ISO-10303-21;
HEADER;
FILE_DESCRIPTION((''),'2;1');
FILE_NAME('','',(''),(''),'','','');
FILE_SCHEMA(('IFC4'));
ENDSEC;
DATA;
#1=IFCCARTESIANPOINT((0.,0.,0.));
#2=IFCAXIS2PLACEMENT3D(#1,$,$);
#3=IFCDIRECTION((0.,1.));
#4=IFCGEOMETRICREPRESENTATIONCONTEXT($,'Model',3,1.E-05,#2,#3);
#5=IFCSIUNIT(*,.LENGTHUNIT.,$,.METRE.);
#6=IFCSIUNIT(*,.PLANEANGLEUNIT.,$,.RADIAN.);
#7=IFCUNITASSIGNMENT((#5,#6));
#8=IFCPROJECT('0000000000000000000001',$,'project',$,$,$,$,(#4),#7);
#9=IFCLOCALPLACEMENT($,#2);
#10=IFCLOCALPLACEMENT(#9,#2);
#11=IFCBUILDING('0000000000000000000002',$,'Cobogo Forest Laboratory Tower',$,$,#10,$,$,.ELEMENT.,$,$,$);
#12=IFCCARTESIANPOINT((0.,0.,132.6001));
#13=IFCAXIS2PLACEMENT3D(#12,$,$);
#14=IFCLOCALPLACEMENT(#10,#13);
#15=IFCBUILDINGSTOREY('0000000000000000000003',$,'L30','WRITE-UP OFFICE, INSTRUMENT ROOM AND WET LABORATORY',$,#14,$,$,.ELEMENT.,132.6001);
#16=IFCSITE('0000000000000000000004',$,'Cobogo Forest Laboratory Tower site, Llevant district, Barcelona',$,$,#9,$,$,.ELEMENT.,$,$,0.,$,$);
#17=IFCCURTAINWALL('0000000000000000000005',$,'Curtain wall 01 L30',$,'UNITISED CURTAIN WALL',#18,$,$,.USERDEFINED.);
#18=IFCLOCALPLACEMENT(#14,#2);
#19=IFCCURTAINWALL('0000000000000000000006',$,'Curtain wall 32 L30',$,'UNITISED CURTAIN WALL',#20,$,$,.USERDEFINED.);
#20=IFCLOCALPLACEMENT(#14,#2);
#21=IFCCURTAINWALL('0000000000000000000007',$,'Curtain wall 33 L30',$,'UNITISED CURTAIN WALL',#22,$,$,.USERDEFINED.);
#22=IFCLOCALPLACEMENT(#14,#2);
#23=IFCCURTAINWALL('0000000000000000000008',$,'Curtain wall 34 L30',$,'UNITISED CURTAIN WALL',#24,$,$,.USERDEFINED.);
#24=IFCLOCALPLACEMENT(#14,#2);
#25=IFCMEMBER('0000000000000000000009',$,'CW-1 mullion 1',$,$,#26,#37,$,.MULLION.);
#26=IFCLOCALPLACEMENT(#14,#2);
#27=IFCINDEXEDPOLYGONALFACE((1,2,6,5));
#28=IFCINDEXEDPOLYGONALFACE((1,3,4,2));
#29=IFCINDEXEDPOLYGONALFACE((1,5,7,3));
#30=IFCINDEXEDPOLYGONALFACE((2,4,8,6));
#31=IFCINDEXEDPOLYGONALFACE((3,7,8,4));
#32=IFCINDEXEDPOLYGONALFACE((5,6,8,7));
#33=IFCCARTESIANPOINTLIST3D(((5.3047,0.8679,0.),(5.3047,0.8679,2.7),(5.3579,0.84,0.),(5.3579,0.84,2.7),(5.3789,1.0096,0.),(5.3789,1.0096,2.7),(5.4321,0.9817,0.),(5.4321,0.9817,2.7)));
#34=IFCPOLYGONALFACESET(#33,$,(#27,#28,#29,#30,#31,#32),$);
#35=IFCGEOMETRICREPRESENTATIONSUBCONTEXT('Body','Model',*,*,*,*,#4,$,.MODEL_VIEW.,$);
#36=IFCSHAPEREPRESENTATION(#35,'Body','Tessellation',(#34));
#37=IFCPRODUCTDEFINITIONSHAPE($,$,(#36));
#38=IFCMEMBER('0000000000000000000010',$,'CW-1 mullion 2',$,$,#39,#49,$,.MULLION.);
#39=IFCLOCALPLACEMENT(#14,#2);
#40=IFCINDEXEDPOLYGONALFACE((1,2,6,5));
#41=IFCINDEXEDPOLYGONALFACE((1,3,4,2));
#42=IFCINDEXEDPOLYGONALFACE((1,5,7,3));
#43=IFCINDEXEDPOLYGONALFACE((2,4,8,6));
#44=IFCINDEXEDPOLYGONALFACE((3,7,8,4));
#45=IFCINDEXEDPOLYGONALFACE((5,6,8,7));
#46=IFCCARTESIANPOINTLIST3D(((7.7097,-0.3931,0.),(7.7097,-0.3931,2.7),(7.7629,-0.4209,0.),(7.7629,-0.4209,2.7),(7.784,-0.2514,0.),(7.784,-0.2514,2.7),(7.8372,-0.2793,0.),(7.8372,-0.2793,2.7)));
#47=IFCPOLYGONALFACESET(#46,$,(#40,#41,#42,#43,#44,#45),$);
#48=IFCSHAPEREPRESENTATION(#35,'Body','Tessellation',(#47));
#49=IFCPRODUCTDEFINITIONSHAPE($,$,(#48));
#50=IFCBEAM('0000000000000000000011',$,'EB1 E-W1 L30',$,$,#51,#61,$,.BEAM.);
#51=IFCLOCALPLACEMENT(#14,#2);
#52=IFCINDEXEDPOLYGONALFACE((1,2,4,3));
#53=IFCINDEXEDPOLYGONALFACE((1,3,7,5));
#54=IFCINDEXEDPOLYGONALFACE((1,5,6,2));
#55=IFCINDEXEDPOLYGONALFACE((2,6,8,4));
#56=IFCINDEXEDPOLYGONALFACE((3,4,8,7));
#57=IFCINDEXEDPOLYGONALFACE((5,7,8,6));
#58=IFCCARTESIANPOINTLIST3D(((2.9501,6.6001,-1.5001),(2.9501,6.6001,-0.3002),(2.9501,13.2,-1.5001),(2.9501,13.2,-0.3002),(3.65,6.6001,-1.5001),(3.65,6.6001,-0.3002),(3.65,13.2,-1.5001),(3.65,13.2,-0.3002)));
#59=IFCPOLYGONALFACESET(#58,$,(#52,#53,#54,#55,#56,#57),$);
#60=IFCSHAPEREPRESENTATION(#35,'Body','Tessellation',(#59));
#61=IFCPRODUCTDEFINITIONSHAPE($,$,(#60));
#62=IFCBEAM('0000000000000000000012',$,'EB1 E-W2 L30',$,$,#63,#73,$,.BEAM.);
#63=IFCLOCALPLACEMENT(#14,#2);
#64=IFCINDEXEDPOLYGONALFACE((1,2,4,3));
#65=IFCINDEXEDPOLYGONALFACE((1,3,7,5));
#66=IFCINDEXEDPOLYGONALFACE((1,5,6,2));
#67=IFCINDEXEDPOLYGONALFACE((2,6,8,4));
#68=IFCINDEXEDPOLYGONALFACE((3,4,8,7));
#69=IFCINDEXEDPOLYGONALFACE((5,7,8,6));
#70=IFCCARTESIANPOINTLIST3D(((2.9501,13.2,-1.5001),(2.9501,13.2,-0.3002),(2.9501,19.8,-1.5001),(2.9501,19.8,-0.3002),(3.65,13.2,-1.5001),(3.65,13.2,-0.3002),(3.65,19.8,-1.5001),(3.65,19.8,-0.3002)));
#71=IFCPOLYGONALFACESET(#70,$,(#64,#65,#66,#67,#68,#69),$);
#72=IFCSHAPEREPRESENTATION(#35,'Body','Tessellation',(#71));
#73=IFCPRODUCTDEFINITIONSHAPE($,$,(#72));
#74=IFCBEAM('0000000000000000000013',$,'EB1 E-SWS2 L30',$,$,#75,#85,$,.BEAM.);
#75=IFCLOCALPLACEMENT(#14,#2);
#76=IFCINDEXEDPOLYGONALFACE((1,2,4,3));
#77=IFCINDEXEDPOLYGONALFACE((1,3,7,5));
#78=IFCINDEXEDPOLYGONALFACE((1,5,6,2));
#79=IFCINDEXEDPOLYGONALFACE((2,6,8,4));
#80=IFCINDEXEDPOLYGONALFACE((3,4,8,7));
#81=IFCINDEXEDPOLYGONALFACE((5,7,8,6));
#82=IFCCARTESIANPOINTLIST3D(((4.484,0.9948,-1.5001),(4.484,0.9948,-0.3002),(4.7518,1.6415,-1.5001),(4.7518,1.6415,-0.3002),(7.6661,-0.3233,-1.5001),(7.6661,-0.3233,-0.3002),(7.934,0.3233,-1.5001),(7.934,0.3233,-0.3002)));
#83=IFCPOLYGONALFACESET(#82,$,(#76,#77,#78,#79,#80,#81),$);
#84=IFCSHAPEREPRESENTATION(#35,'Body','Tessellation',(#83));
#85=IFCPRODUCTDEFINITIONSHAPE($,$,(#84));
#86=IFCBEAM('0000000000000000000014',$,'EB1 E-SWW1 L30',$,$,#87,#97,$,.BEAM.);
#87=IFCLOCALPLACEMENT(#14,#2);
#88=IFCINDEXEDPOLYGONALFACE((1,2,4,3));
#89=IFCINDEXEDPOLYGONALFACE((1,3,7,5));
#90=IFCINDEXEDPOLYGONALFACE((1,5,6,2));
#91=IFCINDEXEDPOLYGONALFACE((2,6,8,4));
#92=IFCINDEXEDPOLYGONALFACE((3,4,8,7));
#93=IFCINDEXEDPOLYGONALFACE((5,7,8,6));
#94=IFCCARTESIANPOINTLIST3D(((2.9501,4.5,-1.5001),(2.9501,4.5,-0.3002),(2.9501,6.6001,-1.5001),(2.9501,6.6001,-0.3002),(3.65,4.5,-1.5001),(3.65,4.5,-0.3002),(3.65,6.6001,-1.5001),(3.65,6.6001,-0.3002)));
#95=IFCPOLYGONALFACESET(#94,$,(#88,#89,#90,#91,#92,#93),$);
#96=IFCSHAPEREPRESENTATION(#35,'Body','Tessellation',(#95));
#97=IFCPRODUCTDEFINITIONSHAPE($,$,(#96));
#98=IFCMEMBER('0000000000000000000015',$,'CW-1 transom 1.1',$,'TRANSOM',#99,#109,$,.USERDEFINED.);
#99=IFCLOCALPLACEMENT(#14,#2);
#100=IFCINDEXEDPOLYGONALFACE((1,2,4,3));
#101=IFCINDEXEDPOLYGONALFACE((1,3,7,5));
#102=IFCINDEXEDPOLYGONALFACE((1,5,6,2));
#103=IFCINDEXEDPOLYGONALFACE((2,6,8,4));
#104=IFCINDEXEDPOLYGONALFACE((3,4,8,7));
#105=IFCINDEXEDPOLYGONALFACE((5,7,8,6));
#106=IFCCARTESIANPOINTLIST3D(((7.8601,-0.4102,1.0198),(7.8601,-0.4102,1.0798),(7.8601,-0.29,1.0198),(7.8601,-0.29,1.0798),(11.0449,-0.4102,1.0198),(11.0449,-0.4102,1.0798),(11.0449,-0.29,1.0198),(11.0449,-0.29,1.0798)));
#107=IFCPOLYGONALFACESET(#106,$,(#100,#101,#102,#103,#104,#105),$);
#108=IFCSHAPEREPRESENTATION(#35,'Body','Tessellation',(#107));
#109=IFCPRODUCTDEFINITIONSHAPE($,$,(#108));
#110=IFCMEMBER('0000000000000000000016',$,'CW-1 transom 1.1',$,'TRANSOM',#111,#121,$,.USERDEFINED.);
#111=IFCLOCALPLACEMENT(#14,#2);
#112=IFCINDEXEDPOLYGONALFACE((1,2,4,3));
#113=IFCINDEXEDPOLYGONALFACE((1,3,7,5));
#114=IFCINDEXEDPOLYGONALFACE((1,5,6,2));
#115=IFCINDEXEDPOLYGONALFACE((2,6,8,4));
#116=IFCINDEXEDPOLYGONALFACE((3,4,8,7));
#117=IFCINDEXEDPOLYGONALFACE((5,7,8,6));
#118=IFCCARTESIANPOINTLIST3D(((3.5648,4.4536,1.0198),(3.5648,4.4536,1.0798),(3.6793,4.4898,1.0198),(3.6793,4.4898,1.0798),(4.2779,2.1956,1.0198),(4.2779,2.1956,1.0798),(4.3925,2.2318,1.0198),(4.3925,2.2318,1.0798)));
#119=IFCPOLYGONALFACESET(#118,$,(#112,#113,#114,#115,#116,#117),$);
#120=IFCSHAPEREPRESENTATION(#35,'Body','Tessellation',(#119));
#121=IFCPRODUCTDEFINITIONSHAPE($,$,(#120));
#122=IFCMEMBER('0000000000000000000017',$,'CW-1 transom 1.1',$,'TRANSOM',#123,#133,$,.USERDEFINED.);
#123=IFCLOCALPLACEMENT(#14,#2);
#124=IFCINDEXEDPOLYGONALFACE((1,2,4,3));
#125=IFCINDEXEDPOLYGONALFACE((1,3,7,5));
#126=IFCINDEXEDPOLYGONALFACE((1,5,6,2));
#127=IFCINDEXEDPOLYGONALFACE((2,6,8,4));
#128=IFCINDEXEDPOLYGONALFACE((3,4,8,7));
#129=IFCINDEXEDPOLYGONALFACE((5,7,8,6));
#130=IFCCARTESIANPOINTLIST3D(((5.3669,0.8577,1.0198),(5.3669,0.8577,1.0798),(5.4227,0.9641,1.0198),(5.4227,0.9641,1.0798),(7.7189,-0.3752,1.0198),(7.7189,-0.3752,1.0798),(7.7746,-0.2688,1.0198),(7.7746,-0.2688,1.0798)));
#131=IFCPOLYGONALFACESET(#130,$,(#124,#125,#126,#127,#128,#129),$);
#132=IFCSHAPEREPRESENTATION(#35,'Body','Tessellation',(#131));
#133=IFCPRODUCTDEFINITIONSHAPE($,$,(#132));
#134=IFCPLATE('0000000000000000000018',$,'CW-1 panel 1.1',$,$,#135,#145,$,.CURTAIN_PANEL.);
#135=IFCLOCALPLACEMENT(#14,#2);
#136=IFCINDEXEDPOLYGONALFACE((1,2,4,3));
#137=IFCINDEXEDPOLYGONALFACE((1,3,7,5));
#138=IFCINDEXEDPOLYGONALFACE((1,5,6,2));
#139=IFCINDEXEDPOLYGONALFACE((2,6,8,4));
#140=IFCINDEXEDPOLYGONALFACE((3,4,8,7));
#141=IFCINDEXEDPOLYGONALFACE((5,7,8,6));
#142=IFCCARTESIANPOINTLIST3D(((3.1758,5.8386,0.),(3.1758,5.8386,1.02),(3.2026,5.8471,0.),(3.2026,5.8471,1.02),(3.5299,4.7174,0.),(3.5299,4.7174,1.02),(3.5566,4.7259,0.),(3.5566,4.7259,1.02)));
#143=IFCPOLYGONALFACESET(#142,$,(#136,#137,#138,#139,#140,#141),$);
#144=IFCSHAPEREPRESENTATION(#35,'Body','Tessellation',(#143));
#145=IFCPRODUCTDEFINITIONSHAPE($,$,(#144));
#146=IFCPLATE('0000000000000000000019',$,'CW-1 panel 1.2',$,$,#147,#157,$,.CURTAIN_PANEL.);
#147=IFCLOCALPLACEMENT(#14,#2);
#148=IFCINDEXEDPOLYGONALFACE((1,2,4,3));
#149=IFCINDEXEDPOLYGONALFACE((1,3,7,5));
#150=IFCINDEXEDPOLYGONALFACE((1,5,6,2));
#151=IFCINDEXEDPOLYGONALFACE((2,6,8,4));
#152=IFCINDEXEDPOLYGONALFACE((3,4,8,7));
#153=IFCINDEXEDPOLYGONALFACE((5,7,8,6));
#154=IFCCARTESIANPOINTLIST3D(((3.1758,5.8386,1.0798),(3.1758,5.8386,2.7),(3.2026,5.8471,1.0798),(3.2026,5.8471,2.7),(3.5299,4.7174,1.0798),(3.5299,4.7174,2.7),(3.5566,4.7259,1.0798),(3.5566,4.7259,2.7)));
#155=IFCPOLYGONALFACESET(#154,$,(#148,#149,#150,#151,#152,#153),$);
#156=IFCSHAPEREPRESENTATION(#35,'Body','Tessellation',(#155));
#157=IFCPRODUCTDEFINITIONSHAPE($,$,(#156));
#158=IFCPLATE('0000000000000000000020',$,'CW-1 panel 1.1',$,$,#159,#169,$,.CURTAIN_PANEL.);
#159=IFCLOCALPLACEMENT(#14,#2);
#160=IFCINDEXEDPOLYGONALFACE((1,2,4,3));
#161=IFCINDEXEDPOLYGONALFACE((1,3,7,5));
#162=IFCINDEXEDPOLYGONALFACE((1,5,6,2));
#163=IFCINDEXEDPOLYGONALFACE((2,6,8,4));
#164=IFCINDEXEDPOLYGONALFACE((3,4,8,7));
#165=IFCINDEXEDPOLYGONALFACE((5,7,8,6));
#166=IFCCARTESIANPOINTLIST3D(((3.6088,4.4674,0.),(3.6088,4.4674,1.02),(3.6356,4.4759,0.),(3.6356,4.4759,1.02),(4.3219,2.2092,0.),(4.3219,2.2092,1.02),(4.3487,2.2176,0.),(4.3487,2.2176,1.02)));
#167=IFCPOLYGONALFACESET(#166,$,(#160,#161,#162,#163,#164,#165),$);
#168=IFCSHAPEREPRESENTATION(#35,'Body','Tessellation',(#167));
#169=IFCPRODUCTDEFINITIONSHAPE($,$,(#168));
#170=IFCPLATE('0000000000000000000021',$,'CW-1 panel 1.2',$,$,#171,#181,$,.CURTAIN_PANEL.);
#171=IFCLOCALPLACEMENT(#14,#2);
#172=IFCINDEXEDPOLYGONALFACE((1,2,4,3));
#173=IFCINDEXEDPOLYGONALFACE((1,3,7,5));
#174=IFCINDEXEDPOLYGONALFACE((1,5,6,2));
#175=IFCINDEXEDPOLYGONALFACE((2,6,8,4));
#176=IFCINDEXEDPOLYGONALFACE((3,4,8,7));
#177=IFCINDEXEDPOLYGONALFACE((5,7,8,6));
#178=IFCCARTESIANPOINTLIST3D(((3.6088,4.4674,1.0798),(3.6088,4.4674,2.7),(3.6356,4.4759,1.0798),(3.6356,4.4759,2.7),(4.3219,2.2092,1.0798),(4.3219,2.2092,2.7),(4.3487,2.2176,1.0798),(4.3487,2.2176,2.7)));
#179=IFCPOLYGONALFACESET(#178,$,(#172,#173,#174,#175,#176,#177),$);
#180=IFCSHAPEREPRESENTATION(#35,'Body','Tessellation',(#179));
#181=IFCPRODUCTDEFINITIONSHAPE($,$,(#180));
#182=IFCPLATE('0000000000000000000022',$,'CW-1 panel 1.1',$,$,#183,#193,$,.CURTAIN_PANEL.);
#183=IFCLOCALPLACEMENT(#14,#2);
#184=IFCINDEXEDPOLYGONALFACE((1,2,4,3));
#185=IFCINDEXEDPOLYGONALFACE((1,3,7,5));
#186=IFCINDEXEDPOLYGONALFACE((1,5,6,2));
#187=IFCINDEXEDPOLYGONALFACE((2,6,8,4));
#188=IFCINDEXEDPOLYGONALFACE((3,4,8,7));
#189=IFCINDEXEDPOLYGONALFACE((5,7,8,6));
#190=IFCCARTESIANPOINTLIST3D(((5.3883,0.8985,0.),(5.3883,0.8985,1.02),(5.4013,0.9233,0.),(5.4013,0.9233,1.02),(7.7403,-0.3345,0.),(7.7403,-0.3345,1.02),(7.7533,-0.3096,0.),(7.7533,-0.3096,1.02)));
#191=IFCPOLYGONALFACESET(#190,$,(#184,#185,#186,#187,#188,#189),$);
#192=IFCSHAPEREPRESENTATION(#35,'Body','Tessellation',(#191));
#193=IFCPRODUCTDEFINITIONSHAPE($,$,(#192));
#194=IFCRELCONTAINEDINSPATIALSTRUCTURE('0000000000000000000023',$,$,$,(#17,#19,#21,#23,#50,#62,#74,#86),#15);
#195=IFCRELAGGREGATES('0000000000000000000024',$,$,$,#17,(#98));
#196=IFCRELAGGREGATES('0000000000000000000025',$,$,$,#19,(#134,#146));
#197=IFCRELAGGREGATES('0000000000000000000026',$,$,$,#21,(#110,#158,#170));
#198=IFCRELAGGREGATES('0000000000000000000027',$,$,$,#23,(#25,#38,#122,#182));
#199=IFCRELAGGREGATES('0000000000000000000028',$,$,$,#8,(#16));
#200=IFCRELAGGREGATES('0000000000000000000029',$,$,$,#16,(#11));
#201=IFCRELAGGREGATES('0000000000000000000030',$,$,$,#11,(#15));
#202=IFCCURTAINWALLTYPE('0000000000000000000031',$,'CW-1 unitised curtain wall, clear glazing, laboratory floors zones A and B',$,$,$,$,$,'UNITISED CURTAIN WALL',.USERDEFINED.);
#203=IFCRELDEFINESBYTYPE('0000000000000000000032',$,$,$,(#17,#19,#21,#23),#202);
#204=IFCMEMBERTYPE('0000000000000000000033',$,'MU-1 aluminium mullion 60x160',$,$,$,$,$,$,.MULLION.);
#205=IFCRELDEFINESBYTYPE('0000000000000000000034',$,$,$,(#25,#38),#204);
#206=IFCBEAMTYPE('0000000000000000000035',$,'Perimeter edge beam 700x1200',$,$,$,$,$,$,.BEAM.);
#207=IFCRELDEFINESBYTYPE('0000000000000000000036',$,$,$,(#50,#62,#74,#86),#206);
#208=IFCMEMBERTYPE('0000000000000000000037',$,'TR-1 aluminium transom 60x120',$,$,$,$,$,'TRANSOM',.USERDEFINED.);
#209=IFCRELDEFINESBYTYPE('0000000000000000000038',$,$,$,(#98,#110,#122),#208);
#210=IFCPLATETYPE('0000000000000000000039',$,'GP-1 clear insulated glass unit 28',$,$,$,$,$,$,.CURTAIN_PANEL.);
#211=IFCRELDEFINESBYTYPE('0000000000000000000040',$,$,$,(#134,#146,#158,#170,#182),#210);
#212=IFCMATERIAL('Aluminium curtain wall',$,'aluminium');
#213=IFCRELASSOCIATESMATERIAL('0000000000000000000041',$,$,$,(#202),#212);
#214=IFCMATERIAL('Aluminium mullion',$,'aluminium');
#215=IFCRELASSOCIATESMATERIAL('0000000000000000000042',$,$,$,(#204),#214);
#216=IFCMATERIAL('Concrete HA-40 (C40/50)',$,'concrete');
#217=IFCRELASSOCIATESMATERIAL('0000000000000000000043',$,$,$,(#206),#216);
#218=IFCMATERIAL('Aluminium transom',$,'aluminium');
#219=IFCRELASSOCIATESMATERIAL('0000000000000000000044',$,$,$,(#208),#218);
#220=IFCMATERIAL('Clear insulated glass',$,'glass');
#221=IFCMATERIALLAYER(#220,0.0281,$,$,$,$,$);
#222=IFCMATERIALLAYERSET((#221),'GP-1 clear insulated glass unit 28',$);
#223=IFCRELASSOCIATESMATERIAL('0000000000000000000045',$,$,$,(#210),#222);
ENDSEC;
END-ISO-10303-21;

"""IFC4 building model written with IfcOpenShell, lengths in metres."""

from ifc_helpers import new_model, si_unit, direction, frame, origin, origin_2d, place, context, subcontext, project, spatial, rectangle, extrude, material, layer, layer_set, material_profile, profile_set, type_object, element, aggregate, save


model = new_model("IFC4")

# Units and contexts
model_context = context("Model", 3, precision=1e-05, world=origin(), true_north=direction((0.0, 1.0)))
body_context = subcontext(model_context, "Body", "Model", "MODEL_VIEW")
ifc_project = project(units=[si_unit("LENGTHUNIT", "METRE"), si_unit("PLANEANGLEUNIT", "RADIAN")], contexts=[model_context])

# Site, building, storey
site_placement = place(None, origin())
site = spatial("IfcSite", under=ifc_project, at=site_placement, Name="Cobogo Forest Laboratory Tower site, Llevant district, Barcelona", CompositionType="ELEMENT", RefElevation=0.0)
building_placement = place(site_placement, origin())
building = spatial("IfcBuilding", under=site, at=building_placement, Name="Cobogo Forest Laboratory Tower", CompositionType="ELEMENT")
storey_placement = place(building_placement, frame((0.0, 0.0, 132.6001)))
storey = spatial("IfcBuildingStorey", under=building, at=storey_placement, Name="L30", Description="WRITE-UP OFFICE, INSTRUMENT ROOM AND WET LABORATORY", CompositionType="ELEMENT", Elevation=132.6001)

# Curtain walls
ifc_material_1 = material(Name="Aluminium curtain wall", Category="aluminium")
curtain_wall_type = type_object("IfcCurtainWallType", Name="CW-1 unitised curtain wall, clear glazing, laboratory floors zones A and B", ElementType="UNITISED CURTAIN WALL", PredefinedType="USERDEFINED", material=ifc_material_1)
curtain_wall_1_placement = place(storey_placement, origin())
curtain_wall_1 = element("IfcCurtainWall", 1, at=curtain_wall_1_placement, inside=storey, type_object=curtain_wall_type, Name="Curtain wall 01 L30", ObjectType="UNITISED CURTAIN WALL", PredefinedType="USERDEFINED")
ifc_material_2 = material(Name="Aluminium mullion", Category="aluminium")
ifc_material_profile_1 = material_profile(ifc_material_2, rectangle(XDim=0.0601, YDim=0.1599, at=origin_2d()), Name="AL 60x160")
ifc_profile_set_1 = profile_set([ifc_material_profile_1], Name="Aluminium mullion")
member_type_1 = type_object("IfcMemberType", Name="MU-1 aluminium mullion 60x160", PredefinedType="MULLION", material=ifc_profile_set_1)
curtain_wall_2_placement = place(storey_placement, origin())
curtain_wall_2 = element("IfcCurtainWall", 2, at=curtain_wall_2_placement, inside=storey, type_object=curtain_wall_type, Name="Curtain wall 32 L30", ObjectType="UNITISED CURTAIN WALL", PredefinedType="USERDEFINED")

# Curtain walls, members
curtain_wall_3_placement = place(storey_placement, origin())
curtain_wall_3 = element("IfcCurtainWall", 3, at=curtain_wall_3_placement, inside=storey, type_object=curtain_wall_type, Name="Curtain wall 33 L30", ObjectType="UNITISED CURTAIN WALL", PredefinedType="USERDEFINED")
curtain_wall_4_placement = place(storey_placement, origin())
curtain_wall_4 = element("IfcCurtainWall", 4, at=curtain_wall_4_placement, inside=storey, type_object=curtain_wall_type, Name="Curtain wall 34 L30", ObjectType="UNITISED CURTAIN WALL", PredefinedType="USERDEFINED")
member_1_placement = place(storey_placement, frame((5.3684, 0.9248, 0.0), z_axis=(0.0, 0.0, 1.0), x_axis=(0.885687, -0.464284, 0.0)))
member_1 = element("IfcMember", 5, at=member_1_placement, type_object=member_type_1, Name="CW-1 mullion 1", PredefinedType="MULLION", context=body_context, shape_type="SweptSolid", body=[
    extrude(rectangle(XDim=0.0601, YDim=0.1599, at=origin_2d()), origin(), (0.0, 0.0, 1.0), 2.7),
])
member_2_placement = place(storey_placement, frame((7.7734, -0.3362, 0.0), z_axis=(0.0, 0.0, 1.0), x_axis=(0.885687, -0.464284, 0.0)))
member_2 = element("IfcMember", 6, at=member_2_placement, type_object=member_type_1, Name="CW-1 mullion 2", PredefinedType="MULLION", context=body_context, shape_type="SweptSolid", body=[
    extrude(rectangle(XDim=0.0601, YDim=0.1599, at=origin_2d()), origin(), (0.0, 0.0, 1.0), 2.7),
])

# Beams
ifc_material_3 = material(Name="Concrete HA-40 (C40/50)", Category="concrete")
ifc_material_profile_2 = material_profile(ifc_material_3, rectangle(XDim=0.7, YDim=1.2, at=origin_2d()), Name="RC 700x1200")
ifc_profile_set_2 = profile_set([ifc_material_profile_2], Name="Concrete HA-40 (C40/50)")
beam_type_1 = type_object("IfcBeamType", Name="Perimeter edge beam 700x1200", PredefinedType="BEAM", material=ifc_profile_set_2)
beam_1_placement = place(storey_placement, frame((3.3, 6.6001, -0.9001), z_axis=(0.0, 1.0, 0.0), x_axis=(-1.0, 0.0, 0.0)))
element("IfcBeam", 7, at=beam_1_placement, inside=storey, type_object=beam_type_1, Name="EB1 E-W1 L30", PredefinedType="BEAM", context=body_context, shape_type="SweptSolid", body=[
    extrude(rectangle(XDim=0.7, YDim=1.2, at=origin_2d()), origin(), (0.0, 0.0, 1.0), 6.5999),
])
beam_2_placement = place(storey_placement, frame((3.3, 13.2, -0.9001), z_axis=(0.0, 1.0, 0.0), x_axis=(-1.0, 0.0, 0.0)))
element("IfcBeam", 8, at=beam_2_placement, inside=storey, type_object=beam_type_1, Name="EB1 E-W2 L30", PredefinedType="BEAM", context=body_context, shape_type="SweptSolid", body=[
    extrude(rectangle(XDim=0.7, YDim=1.2, at=origin_2d()), origin(), (0.0, 0.0, 1.0), 6.6001),
])
beam_3_placement = place(storey_placement, frame((7.8, 0.0, -0.9001), z_axis=(-0.923876, 0.382692, 0.0), x_axis=(-0.382692, -0.923876, 0.0)))
element("IfcBeam", 9, at=beam_3_placement, inside=storey, type_object=beam_type_1, Name="EB1 E-SWS2 L30", PredefinedType="BEAM", context=body_context, shape_type="SweptSolid", body=[
    extrude(rectangle(XDim=0.7, YDim=1.2, at=origin_2d()), origin(), (0.0, 0.0, 1.0), 3.4443),
])
beam_4_placement = place(storey_placement, frame((3.3, 6.6001, -0.9001), z_axis=(0.0, -1.0, 0.0), x_axis=(1.0, 0.0, 0.0)))
element("IfcBeam", 10, at=beam_4_placement, inside=storey, type_object=beam_type_1, Name="EB1 E-SWW1 L30", PredefinedType="BEAM", context=body_context, shape_type="SweptSolid", body=[
    extrude(rectangle(XDim=0.7, YDim=1.2, at=origin_2d()), origin(), (0.0, 0.0, 1.0), 2.1001),
])

# Members
ifc_material_4 = material(Name="Aluminium transom", Category="aluminium")
ifc_material_profile_3 = material_profile(ifc_material_4, rectangle(XDim=0.1201, YDim=0.0601, at=origin_2d()), Name="AL 60x120")
ifc_profile_set_3 = profile_set([ifc_material_profile_3], Name="Aluminium transom")
member_type_2 = type_object("IfcMemberType", Name="TR-1 aluminium transom 60x120", ElementType="TRANSOM", PredefinedType="USERDEFINED", material=ifc_profile_set_3)
member_3_placement = place(storey_placement, frame((7.8601, -0.3501, 1.0498), z_axis=(1.0, 0.0, 0.0), x_axis=(0.0, 1.0, 0.0)))
member_3 = element("IfcMember", 11, at=member_3_placement, type_object=member_type_2, Name="CW-1 transom 1.1", ObjectType="TRANSOM", PredefinedType="USERDEFINED", context=body_context, shape_type="SweptSolid", body=[
    extrude(rectangle(XDim=0.1201, YDim=0.0601, at=origin_2d()), origin(), (0.0, 0.0, 1.0), 3.1848),
])
aggregate(curtain_wall_1, [member_3])
member_4_placement = place(storey_placement, frame((3.6221, 4.4717, 1.0498), z_axis=(0.301156, -0.953575, 0.0), x_axis=(0.953575, 0.301156, 0.0)))
member_4 = element("IfcMember", 12, at=member_4_placement, type_object=member_type_2, Name="CW-1 transom 1.1", ObjectType="TRANSOM", PredefinedType="USERDEFINED", context=body_context, shape_type="SweptSolid", body=[
    extrude(rectangle(XDim=0.1201, YDim=0.0601, at=origin_2d()), origin(), (0.0, 0.0, 1.0), 2.3679),
])
member_5_placement = place(storey_placement, frame((5.3948, 0.9109, 1.0498), z_axis=(0.885695, -0.464268, 0.0), x_axis=(0.464268, 0.885695, 0.0)))
member_5 = element("IfcMember", 13, at=member_5_placement, type_object=member_type_2, Name="CW-1 transom 1.1", ObjectType="TRANSOM", PredefinedType="USERDEFINED", context=body_context, shape_type="SweptSolid", body=[
    extrude(rectangle(XDim=0.1201, YDim=0.0601, at=origin_2d()), origin(), (0.0, 0.0, 1.0), 2.6555),
])

# Plates
ifc_material_5 = material(Name="Clear insulated glass", Category="glass")
ifc_layer_1 = layer(ifc_material_5, 0.0281)
ifc_layer_set_1 = layer_set([ifc_layer_1], Name="GP-1 clear insulated glass unit 28")
plate_type = type_object("IfcPlateType", Name="GP-1 clear insulated glass unit 28", PredefinedType="CURTAIN_PANEL", material=ifc_layer_set_1)
plate_1_placement = place(storey_placement, frame((3.3662, 5.2822, 0.0), z_axis=(0.0, 0.0, 1.0), x_axis=(0.301135, -0.953581, 0.0)))
plate_1 = element("IfcPlate", 14, at=plate_1_placement, type_object=plate_type, Name="CW-1 panel 1.1", PredefinedType="CURTAIN_PANEL", context=body_context, shape_type="SweptSolid", body=[
    extrude(rectangle(XDim=1.1758, YDim=0.0281, at=origin_2d()), origin(), (0.0, 0.0, 1.0), 1.02),
])
plate_2_placement = place(storey_placement, frame((3.3662, 5.2822, 1.0798), z_axis=(0.0, 0.0, 1.0), x_axis=(0.301135, -0.953581, 0.0)))
plate_2 = element("IfcPlate", 15, at=plate_2_placement, type_object=plate_type, Name="CW-1 panel 1.2", PredefinedType="CURTAIN_PANEL", context=body_context, shape_type="SweptSolid", body=[
    extrude(rectangle(XDim=1.1758, YDim=0.0281, at=origin_2d()), origin(), (0.0, 0.0, 1.0), 1.6201),
])
aggregate(curtain_wall_2, [plate_1, plate_2])
plate_3_placement = place(storey_placement, frame((3.9788, 3.3425, 0.0), z_axis=(0.0, 0.0, 1.0), x_axis=(0.301135, -0.953581, 0.0)))
plate_3 = element("IfcPlate", 16, at=plate_3_placement, type_object=plate_type, Name="CW-1 panel 1.1", PredefinedType="CURTAIN_PANEL", context=body_context, shape_type="SweptSolid", body=[
    extrude(rectangle(XDim=2.3682, YDim=0.0281, at=origin_2d()), origin(), (0.0, 0.0, 1.0), 1.02),
])
plate_4_placement = place(storey_placement, frame((3.9788, 3.3425, 1.0798), z_axis=(0.0, 0.0, 1.0), x_axis=(0.301135, -0.953581, 0.0)))
plate_4 = element("IfcPlate", 17, at=plate_4_placement, type_object=plate_type, Name="CW-1 panel 1.2", PredefinedType="CURTAIN_PANEL", context=body_context, shape_type="SweptSolid", body=[
    extrude(rectangle(XDim=2.3682, YDim=0.0281, at=origin_2d()), origin(), (0.0, 0.0, 1.0), 1.6201),
])
aggregate(curtain_wall_3, [member_4, plate_3, plate_4])
plate_5_placement = place(storey_placement, frame((6.5708, 0.2944, 0.0), z_axis=(0.0, 0.0, 1.0), x_axis=(0.885687, -0.464284, 0.0)))
plate_5 = element("IfcPlate", 18, at=plate_5_placement, type_object=plate_type, Name="CW-1 panel 1.1", PredefinedType="CURTAIN_PANEL", context=body_context, shape_type="SweptSolid", body=[
    extrude(rectangle(XDim=2.6555, YDim=0.0281, at=origin_2d()), origin(), (0.0, 0.0, 1.0), 1.02),
])
aggregate(curtain_wall_4, [member_1, member_2, member_5, plate_5])

save(model, "model.ifc")
